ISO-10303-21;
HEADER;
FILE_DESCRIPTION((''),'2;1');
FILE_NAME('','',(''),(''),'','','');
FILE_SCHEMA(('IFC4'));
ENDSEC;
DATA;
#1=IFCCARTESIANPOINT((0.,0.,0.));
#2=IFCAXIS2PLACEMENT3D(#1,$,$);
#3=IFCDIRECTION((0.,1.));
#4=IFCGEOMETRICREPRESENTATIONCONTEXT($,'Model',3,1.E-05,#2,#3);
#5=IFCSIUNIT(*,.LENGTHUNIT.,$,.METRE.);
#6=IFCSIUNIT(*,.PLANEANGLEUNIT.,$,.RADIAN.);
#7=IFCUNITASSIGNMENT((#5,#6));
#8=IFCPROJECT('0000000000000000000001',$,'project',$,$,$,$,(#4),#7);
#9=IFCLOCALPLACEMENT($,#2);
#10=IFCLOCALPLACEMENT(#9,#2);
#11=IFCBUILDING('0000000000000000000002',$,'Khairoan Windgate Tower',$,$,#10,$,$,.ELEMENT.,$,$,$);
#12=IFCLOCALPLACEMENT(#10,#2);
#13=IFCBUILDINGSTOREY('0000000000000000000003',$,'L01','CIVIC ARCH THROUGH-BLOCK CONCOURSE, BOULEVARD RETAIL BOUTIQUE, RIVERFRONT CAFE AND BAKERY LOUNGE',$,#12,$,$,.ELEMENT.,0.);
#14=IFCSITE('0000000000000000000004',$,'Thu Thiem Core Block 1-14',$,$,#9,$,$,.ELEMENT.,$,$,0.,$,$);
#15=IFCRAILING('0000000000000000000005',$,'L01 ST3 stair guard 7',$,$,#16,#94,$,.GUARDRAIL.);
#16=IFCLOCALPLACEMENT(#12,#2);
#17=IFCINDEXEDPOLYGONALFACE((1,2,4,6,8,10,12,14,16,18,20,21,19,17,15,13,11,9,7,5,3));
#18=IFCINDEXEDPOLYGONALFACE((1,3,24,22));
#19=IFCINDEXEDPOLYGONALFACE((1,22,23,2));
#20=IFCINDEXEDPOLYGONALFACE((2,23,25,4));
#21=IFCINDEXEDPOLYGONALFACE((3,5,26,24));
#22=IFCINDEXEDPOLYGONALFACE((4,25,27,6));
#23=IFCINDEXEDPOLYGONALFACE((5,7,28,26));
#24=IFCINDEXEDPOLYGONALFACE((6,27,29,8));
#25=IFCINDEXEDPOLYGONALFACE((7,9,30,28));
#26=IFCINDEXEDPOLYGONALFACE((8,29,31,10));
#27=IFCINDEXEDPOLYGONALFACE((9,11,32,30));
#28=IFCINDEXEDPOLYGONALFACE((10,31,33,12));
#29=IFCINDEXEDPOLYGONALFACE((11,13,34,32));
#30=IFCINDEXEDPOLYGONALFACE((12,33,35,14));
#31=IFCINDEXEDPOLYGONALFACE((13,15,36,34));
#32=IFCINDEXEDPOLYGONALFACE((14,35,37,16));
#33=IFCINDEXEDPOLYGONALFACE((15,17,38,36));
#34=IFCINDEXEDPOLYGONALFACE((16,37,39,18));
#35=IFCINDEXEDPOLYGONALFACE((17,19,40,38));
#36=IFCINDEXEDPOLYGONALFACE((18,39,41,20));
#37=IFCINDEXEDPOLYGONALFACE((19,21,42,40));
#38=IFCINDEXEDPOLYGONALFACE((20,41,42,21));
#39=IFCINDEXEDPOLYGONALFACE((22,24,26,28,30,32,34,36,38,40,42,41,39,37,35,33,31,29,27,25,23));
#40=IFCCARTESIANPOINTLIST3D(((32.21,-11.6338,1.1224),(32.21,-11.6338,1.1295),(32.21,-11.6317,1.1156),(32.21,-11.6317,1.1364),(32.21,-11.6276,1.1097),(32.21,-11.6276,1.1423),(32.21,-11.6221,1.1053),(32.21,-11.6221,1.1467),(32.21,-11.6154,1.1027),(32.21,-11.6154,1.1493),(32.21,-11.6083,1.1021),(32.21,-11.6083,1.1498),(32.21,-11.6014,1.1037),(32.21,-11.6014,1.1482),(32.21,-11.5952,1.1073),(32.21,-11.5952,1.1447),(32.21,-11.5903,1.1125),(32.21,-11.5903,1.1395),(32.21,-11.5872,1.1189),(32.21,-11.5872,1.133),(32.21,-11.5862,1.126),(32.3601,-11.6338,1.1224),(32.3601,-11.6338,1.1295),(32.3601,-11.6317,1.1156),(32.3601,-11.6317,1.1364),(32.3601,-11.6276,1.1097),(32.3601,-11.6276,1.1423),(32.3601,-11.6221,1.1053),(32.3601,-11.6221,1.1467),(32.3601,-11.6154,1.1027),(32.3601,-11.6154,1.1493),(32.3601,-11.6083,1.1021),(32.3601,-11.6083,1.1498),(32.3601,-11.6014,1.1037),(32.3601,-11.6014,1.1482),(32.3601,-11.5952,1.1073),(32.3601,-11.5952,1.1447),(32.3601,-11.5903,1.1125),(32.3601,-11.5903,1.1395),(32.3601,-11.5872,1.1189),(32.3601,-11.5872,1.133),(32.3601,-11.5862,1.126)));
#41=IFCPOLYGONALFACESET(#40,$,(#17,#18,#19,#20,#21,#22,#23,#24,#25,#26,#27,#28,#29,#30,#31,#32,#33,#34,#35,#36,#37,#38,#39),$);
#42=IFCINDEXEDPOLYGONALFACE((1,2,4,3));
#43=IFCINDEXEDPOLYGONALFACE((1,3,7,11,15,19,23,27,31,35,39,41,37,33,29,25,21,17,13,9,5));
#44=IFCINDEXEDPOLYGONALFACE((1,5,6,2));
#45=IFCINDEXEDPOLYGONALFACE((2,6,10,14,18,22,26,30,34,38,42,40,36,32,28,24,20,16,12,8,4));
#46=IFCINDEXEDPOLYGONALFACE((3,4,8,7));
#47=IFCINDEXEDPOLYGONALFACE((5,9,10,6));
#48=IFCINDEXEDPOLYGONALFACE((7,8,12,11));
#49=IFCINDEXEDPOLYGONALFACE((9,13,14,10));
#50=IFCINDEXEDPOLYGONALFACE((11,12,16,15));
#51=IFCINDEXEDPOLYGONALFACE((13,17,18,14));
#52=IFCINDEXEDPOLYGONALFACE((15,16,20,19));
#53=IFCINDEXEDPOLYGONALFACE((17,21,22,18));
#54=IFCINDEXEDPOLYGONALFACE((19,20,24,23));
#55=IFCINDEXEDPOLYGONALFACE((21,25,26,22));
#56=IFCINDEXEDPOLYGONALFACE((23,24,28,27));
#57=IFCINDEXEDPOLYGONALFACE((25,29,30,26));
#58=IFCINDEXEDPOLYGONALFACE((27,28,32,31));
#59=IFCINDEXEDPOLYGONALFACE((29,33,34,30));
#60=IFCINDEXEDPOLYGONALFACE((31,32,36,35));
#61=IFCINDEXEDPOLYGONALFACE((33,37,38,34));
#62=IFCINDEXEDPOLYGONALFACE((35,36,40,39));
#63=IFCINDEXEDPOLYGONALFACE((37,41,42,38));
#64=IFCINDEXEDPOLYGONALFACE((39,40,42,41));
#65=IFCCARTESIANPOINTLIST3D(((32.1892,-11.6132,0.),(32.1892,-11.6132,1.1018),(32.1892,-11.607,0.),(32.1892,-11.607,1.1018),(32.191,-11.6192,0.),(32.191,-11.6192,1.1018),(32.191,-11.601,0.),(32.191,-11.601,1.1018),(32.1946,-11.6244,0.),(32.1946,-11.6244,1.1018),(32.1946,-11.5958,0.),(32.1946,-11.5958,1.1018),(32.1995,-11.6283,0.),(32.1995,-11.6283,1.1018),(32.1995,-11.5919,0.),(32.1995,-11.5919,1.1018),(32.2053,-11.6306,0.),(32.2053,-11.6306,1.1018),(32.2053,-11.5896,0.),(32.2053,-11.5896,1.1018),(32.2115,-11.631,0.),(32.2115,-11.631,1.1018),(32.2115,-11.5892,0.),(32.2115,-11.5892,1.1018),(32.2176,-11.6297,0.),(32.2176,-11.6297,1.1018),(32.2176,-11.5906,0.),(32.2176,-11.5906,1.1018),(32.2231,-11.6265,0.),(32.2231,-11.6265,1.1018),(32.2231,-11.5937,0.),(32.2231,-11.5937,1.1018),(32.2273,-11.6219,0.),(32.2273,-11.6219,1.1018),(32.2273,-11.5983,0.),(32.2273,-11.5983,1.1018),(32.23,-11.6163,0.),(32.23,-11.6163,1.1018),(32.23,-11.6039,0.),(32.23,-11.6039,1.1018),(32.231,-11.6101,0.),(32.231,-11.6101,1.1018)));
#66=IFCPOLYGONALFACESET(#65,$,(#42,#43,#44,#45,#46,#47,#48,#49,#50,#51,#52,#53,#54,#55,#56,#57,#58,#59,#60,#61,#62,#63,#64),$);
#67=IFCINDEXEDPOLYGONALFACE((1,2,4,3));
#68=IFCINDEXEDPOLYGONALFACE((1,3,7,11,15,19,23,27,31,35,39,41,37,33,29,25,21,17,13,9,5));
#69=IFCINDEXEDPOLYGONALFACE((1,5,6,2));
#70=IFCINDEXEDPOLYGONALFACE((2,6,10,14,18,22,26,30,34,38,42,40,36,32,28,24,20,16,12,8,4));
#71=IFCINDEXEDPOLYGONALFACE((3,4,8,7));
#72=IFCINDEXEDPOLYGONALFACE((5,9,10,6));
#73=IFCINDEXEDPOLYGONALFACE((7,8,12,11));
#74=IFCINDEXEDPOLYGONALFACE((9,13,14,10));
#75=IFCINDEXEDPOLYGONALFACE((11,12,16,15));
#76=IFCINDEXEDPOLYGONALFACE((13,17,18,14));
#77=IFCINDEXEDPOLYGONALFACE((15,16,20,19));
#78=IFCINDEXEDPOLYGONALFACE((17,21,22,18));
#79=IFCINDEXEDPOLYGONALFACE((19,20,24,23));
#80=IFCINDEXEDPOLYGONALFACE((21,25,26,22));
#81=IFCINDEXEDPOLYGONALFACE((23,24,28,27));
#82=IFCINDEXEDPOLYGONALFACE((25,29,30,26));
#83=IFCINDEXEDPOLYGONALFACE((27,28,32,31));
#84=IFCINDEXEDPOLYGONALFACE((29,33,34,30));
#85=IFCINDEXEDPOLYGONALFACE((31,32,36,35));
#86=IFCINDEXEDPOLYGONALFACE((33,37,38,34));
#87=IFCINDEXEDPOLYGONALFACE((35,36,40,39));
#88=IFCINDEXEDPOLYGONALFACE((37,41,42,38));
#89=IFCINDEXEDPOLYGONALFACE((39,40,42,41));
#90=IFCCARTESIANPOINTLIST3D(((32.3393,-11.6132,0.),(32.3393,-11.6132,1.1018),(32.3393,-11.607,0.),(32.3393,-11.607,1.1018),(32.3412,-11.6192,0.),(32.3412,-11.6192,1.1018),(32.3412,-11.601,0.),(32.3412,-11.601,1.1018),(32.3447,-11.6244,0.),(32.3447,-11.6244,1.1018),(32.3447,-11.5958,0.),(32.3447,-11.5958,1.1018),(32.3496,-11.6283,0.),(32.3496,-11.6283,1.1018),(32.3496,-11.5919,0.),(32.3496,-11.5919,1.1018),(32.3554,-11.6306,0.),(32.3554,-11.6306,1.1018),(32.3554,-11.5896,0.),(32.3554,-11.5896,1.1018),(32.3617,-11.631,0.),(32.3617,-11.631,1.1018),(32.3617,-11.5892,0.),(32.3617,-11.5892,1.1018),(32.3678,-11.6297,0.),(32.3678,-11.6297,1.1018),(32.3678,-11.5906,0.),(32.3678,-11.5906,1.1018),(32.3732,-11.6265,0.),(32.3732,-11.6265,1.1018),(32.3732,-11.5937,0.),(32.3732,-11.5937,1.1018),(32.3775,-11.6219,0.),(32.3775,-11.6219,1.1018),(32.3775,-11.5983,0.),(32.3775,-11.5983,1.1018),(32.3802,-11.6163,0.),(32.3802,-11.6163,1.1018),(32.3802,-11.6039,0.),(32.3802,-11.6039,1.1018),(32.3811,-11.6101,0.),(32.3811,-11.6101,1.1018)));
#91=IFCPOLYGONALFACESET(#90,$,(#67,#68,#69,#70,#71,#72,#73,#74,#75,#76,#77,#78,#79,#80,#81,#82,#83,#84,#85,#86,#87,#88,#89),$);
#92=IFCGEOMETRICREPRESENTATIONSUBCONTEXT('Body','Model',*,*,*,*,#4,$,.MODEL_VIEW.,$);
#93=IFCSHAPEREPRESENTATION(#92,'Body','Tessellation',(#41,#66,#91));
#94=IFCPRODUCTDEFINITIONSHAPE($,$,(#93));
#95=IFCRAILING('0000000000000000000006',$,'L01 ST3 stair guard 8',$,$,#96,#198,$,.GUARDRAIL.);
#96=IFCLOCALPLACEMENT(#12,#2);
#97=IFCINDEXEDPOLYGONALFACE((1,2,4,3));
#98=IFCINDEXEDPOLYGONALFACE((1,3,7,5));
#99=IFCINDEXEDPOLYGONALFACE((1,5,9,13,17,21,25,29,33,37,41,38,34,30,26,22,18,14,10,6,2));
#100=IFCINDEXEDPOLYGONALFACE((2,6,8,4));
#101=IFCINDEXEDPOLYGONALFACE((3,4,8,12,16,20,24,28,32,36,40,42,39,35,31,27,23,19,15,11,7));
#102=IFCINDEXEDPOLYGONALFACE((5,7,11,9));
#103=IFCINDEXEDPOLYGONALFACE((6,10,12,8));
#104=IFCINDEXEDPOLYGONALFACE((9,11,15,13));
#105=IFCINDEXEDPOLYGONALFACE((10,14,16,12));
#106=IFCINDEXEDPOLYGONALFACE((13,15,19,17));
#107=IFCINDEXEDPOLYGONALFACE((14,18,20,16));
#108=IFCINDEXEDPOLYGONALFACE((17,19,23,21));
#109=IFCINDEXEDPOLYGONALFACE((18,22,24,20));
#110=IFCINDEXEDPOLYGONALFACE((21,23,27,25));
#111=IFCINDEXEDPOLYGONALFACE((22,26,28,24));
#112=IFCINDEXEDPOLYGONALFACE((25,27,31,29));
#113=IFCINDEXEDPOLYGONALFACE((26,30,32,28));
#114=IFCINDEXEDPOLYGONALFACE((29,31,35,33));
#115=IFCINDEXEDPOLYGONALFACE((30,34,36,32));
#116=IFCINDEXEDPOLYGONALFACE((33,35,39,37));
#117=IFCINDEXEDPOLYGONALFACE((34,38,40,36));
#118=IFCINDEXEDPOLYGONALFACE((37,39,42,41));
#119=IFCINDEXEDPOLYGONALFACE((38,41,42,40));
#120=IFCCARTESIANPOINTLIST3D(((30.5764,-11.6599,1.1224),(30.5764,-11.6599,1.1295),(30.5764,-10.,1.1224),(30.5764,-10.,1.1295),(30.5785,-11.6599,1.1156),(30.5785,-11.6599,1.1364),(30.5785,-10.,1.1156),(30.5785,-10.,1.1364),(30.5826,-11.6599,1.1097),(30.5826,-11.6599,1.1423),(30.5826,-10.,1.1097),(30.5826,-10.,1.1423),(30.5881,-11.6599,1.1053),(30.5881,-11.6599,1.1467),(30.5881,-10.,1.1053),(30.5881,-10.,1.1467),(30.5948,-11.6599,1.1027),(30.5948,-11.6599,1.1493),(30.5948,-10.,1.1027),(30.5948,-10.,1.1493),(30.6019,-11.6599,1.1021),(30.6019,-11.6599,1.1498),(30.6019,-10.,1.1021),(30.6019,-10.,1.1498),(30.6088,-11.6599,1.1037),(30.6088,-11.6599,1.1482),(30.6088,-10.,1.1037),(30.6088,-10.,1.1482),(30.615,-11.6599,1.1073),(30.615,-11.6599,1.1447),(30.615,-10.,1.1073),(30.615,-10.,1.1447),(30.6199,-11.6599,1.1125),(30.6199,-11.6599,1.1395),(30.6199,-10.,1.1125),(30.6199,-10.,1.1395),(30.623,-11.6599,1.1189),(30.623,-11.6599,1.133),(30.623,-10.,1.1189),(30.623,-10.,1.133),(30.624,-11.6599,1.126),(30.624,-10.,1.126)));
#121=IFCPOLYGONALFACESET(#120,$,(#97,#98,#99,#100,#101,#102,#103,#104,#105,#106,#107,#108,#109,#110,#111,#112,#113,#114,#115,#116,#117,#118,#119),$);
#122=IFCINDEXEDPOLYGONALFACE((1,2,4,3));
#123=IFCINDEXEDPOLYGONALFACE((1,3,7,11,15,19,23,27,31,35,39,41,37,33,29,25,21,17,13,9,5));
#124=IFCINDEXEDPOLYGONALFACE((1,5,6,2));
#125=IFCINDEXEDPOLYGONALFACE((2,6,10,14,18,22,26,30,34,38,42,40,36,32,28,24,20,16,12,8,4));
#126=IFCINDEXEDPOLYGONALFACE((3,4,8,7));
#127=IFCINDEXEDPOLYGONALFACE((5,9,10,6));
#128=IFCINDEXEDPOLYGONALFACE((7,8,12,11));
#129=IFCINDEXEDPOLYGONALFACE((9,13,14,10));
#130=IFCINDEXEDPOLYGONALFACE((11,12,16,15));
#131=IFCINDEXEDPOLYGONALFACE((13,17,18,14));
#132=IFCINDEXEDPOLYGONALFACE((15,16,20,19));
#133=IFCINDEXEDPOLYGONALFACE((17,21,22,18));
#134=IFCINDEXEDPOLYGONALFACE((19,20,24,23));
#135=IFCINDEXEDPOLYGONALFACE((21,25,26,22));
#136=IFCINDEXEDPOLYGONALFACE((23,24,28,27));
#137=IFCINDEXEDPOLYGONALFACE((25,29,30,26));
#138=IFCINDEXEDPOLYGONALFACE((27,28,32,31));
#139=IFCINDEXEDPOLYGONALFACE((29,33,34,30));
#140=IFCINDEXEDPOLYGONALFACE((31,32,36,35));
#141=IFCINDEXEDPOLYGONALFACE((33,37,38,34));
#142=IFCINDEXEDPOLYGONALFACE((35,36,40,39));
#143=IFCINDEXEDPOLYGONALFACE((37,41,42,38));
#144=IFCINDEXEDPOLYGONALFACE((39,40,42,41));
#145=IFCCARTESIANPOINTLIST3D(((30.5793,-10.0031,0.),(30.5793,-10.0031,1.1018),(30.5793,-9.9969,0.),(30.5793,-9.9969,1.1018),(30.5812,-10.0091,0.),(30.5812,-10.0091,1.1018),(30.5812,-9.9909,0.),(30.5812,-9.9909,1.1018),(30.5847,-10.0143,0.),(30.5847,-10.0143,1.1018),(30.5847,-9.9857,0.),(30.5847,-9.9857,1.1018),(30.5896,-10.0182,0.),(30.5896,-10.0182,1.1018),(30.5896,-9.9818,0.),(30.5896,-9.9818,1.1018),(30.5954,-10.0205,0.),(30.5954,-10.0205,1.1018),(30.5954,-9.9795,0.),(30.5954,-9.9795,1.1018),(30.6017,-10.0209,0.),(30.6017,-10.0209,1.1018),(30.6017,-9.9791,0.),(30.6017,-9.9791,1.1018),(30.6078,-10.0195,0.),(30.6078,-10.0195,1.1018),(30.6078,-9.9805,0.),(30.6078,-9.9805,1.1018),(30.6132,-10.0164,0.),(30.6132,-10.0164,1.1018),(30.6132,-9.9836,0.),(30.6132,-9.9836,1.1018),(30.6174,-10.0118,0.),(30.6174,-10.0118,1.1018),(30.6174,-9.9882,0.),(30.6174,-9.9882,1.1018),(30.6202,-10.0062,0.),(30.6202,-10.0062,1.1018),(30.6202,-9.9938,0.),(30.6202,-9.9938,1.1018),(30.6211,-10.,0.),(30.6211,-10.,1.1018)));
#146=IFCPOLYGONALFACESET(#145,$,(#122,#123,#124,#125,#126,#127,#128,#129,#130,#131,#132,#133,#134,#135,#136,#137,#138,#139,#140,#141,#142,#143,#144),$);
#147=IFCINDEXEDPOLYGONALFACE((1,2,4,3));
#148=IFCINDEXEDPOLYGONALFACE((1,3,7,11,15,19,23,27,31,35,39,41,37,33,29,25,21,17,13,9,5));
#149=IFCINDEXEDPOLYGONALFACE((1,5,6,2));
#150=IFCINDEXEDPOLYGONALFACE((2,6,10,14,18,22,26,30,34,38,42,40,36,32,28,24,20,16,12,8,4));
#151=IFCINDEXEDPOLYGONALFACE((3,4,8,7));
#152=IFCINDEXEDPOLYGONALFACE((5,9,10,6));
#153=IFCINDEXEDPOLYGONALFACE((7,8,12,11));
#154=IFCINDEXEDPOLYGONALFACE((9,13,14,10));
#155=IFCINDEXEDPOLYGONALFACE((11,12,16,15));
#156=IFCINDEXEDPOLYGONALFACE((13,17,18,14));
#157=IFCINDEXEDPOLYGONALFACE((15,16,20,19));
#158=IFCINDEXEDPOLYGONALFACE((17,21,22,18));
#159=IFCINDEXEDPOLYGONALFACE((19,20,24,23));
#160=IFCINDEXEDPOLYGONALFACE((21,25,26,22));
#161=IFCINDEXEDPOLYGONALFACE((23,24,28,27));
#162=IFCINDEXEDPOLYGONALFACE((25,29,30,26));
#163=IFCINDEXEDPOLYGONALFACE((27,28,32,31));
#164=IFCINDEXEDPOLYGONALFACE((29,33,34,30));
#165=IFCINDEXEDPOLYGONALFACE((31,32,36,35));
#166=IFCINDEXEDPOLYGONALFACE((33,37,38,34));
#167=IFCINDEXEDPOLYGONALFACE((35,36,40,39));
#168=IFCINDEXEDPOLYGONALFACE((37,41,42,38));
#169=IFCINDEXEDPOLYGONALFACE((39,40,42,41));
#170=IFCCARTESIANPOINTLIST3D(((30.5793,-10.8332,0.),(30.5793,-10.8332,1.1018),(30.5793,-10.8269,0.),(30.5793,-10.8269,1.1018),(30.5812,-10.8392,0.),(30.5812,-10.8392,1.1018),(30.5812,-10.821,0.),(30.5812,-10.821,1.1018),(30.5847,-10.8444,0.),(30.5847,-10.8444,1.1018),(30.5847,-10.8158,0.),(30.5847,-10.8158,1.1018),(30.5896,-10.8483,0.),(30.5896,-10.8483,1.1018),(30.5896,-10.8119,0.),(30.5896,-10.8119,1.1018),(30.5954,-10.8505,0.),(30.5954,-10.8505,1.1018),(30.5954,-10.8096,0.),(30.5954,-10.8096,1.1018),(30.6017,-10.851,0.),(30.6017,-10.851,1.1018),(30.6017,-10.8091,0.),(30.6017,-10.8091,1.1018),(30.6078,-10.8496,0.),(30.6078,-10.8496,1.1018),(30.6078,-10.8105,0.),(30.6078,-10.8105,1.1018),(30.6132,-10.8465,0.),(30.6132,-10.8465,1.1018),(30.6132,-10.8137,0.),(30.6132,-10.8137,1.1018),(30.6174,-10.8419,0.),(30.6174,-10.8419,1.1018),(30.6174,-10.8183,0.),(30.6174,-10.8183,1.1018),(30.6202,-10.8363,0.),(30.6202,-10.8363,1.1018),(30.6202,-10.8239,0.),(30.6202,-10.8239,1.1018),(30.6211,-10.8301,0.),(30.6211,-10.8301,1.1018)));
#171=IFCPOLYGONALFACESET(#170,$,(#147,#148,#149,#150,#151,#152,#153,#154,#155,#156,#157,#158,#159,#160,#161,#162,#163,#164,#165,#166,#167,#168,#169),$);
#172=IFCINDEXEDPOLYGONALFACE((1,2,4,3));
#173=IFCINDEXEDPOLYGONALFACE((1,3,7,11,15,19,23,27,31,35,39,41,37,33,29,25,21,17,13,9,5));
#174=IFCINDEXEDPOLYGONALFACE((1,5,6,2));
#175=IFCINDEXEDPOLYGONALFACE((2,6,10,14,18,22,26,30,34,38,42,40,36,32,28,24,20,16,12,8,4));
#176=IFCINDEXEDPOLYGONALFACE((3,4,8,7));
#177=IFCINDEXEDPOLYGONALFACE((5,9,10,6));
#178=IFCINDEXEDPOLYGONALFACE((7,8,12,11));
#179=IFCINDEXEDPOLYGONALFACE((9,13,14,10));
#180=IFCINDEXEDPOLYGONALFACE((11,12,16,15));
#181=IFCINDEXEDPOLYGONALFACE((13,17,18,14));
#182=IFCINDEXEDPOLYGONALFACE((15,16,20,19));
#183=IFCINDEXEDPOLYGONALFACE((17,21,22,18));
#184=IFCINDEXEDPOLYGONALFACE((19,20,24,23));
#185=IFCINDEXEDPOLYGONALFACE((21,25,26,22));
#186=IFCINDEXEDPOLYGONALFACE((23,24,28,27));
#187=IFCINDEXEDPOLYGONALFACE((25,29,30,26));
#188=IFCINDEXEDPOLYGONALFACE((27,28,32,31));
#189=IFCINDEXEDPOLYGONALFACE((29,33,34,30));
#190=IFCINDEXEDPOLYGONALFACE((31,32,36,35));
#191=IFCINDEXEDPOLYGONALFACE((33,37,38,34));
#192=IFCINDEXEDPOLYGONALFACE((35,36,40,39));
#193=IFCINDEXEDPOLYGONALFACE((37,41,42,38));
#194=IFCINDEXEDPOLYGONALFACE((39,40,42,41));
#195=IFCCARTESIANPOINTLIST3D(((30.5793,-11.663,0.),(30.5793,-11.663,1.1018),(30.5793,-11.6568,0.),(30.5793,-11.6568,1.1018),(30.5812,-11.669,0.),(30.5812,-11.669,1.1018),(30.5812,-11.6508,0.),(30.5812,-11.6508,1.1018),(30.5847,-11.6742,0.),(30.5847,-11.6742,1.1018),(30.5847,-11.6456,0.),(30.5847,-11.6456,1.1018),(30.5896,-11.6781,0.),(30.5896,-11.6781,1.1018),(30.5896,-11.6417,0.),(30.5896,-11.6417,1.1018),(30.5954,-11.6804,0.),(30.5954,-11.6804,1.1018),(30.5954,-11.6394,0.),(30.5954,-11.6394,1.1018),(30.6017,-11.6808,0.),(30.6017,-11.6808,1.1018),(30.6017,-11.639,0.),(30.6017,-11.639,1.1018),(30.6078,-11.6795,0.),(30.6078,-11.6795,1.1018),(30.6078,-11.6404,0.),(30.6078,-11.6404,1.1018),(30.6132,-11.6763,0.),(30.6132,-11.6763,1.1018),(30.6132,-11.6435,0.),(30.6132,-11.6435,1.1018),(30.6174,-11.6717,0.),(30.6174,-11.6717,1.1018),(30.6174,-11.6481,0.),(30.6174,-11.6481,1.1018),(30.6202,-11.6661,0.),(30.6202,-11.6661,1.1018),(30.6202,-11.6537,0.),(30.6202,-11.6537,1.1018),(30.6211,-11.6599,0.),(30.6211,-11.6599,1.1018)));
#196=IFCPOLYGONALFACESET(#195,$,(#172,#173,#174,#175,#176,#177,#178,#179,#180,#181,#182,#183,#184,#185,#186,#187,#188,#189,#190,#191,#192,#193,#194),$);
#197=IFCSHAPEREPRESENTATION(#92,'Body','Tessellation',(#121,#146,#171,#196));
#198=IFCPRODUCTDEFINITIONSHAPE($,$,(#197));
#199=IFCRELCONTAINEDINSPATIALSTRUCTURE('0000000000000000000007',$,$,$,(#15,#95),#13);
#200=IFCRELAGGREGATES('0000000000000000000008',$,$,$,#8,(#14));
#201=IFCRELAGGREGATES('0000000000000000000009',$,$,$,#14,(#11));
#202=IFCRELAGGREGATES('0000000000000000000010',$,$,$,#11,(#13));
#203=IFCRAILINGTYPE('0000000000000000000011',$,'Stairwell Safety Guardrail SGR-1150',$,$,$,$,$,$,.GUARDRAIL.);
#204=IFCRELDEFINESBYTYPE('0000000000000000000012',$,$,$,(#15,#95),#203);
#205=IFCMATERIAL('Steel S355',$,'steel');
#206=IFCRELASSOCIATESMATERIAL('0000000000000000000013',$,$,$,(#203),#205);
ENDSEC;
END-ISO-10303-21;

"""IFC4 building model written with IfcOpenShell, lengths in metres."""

from ifc_helpers import new_model, si_unit, direction, frame, origin, origin_2d, place, context, subcontext, project, spatial, circle, extrude, material, type_object, element, save


model = new_model("IFC4")

# Units and contexts
model_context = context("Model", 3, precision=1e-05, world=origin(), true_north=direction((0.0, 1.0)))
body_context = subcontext(model_context, "Body", "Model", "MODEL_VIEW")
ifc_project = project(units=[si_unit("LENGTHUNIT", "METRE"), si_unit("PLANEANGLEUNIT", "RADIAN")], contexts=[model_context])

# Site, building, storey
site_placement = place(None, origin())
site = spatial("IfcSite", under=ifc_project, at=site_placement, Name="Thu Thiem Core Block 1-14", CompositionType="ELEMENT", RefElevation=0.0)
building_placement = place(site_placement, origin())
building = spatial("IfcBuilding", under=site, at=building_placement, Name="Khairoan Windgate Tower", CompositionType="ELEMENT")
storey_placement = place(building_placement, origin())
storey = spatial("IfcBuildingStorey", under=building, at=storey_placement, Name="L01", Description="CIVIC ARCH THROUGH-BLOCK CONCOURSE, BOULEVARD RETAIL BOUTIQUE, RIVERFRONT CAFE AND BAKERY LOUNGE", CompositionType="ELEMENT", Elevation=0.0)

# Railings
ifc_material_1 = material(Name="Steel S355", Category="steel")
railing_type_1 = type_object("IfcRailingType", Name="Stairwell Safety Guardrail SGR-1150", PredefinedType="GUARDRAIL", material=ifc_material_1)
railing_1_placement = place(storey_placement, frame((32.21, -11.6101, 0.0)))
element("IfcRailing", 1, at=railing_1_placement, inside=storey, type_object=railing_type_1, Name="L01 ST3 stair guard 7", PredefinedType="GUARDRAIL", context=body_context, shape_type="SweptSolid", body=[
    extrude(circle(Radius=0.0239, at=origin_2d()), frame((0.0, 0.0, 1.126), z_axis=(1.0, 0.0, 0.0), x_axis=(0.0, 1.0, 0.0)), (0.0, 0.0, 1.0), 0.1501),
    extrude(circle(Radius=0.021, at=origin_2d()), origin(), (0.0, 0.0, 1.0), 1.1018),
    extrude(circle(Radius=0.021, at=origin_2d()), frame((0.1501, 0.0, 0.0)), (0.0, 0.0, 1.0), 1.1018),
])
for number, where, name in (
    (2, (30.6001, -10.0, 0.0), "L01 ST3 stair guard 8"),
):
    element("IfcRailing", number, at=place(storey_placement, frame(where)), inside=storey, type_object=railing_type_1, Name=name, PredefinedType="GUARDRAIL", context=body_context, shape_type="SweptSolid", body=[
        extrude(circle(Radius=0.0239, at=origin_2d()), frame((0.0, 0.0, 1.126), z_axis=(0.0, -1.0, 0.0), x_axis=(1.0, 0.0, 0.0)), (0.0, 0.0, 1.0), 1.6599),
        extrude(circle(Radius=0.021, at=origin_2d()), origin(), (0.0, 0.0, 1.0), 1.1018),
        extrude(circle(Radius=0.021, at=origin_2d()), frame((0.0, -0.8301, 0.0)), (0.0, 0.0, 1.0), 1.1018),
        extrude(circle(Radius=0.021, at=origin_2d()), frame((0.0, -1.6599, 0.0)), (0.0, 0.0, 1.0), 1.1018),
    ])

save(model, "model.ifc")
